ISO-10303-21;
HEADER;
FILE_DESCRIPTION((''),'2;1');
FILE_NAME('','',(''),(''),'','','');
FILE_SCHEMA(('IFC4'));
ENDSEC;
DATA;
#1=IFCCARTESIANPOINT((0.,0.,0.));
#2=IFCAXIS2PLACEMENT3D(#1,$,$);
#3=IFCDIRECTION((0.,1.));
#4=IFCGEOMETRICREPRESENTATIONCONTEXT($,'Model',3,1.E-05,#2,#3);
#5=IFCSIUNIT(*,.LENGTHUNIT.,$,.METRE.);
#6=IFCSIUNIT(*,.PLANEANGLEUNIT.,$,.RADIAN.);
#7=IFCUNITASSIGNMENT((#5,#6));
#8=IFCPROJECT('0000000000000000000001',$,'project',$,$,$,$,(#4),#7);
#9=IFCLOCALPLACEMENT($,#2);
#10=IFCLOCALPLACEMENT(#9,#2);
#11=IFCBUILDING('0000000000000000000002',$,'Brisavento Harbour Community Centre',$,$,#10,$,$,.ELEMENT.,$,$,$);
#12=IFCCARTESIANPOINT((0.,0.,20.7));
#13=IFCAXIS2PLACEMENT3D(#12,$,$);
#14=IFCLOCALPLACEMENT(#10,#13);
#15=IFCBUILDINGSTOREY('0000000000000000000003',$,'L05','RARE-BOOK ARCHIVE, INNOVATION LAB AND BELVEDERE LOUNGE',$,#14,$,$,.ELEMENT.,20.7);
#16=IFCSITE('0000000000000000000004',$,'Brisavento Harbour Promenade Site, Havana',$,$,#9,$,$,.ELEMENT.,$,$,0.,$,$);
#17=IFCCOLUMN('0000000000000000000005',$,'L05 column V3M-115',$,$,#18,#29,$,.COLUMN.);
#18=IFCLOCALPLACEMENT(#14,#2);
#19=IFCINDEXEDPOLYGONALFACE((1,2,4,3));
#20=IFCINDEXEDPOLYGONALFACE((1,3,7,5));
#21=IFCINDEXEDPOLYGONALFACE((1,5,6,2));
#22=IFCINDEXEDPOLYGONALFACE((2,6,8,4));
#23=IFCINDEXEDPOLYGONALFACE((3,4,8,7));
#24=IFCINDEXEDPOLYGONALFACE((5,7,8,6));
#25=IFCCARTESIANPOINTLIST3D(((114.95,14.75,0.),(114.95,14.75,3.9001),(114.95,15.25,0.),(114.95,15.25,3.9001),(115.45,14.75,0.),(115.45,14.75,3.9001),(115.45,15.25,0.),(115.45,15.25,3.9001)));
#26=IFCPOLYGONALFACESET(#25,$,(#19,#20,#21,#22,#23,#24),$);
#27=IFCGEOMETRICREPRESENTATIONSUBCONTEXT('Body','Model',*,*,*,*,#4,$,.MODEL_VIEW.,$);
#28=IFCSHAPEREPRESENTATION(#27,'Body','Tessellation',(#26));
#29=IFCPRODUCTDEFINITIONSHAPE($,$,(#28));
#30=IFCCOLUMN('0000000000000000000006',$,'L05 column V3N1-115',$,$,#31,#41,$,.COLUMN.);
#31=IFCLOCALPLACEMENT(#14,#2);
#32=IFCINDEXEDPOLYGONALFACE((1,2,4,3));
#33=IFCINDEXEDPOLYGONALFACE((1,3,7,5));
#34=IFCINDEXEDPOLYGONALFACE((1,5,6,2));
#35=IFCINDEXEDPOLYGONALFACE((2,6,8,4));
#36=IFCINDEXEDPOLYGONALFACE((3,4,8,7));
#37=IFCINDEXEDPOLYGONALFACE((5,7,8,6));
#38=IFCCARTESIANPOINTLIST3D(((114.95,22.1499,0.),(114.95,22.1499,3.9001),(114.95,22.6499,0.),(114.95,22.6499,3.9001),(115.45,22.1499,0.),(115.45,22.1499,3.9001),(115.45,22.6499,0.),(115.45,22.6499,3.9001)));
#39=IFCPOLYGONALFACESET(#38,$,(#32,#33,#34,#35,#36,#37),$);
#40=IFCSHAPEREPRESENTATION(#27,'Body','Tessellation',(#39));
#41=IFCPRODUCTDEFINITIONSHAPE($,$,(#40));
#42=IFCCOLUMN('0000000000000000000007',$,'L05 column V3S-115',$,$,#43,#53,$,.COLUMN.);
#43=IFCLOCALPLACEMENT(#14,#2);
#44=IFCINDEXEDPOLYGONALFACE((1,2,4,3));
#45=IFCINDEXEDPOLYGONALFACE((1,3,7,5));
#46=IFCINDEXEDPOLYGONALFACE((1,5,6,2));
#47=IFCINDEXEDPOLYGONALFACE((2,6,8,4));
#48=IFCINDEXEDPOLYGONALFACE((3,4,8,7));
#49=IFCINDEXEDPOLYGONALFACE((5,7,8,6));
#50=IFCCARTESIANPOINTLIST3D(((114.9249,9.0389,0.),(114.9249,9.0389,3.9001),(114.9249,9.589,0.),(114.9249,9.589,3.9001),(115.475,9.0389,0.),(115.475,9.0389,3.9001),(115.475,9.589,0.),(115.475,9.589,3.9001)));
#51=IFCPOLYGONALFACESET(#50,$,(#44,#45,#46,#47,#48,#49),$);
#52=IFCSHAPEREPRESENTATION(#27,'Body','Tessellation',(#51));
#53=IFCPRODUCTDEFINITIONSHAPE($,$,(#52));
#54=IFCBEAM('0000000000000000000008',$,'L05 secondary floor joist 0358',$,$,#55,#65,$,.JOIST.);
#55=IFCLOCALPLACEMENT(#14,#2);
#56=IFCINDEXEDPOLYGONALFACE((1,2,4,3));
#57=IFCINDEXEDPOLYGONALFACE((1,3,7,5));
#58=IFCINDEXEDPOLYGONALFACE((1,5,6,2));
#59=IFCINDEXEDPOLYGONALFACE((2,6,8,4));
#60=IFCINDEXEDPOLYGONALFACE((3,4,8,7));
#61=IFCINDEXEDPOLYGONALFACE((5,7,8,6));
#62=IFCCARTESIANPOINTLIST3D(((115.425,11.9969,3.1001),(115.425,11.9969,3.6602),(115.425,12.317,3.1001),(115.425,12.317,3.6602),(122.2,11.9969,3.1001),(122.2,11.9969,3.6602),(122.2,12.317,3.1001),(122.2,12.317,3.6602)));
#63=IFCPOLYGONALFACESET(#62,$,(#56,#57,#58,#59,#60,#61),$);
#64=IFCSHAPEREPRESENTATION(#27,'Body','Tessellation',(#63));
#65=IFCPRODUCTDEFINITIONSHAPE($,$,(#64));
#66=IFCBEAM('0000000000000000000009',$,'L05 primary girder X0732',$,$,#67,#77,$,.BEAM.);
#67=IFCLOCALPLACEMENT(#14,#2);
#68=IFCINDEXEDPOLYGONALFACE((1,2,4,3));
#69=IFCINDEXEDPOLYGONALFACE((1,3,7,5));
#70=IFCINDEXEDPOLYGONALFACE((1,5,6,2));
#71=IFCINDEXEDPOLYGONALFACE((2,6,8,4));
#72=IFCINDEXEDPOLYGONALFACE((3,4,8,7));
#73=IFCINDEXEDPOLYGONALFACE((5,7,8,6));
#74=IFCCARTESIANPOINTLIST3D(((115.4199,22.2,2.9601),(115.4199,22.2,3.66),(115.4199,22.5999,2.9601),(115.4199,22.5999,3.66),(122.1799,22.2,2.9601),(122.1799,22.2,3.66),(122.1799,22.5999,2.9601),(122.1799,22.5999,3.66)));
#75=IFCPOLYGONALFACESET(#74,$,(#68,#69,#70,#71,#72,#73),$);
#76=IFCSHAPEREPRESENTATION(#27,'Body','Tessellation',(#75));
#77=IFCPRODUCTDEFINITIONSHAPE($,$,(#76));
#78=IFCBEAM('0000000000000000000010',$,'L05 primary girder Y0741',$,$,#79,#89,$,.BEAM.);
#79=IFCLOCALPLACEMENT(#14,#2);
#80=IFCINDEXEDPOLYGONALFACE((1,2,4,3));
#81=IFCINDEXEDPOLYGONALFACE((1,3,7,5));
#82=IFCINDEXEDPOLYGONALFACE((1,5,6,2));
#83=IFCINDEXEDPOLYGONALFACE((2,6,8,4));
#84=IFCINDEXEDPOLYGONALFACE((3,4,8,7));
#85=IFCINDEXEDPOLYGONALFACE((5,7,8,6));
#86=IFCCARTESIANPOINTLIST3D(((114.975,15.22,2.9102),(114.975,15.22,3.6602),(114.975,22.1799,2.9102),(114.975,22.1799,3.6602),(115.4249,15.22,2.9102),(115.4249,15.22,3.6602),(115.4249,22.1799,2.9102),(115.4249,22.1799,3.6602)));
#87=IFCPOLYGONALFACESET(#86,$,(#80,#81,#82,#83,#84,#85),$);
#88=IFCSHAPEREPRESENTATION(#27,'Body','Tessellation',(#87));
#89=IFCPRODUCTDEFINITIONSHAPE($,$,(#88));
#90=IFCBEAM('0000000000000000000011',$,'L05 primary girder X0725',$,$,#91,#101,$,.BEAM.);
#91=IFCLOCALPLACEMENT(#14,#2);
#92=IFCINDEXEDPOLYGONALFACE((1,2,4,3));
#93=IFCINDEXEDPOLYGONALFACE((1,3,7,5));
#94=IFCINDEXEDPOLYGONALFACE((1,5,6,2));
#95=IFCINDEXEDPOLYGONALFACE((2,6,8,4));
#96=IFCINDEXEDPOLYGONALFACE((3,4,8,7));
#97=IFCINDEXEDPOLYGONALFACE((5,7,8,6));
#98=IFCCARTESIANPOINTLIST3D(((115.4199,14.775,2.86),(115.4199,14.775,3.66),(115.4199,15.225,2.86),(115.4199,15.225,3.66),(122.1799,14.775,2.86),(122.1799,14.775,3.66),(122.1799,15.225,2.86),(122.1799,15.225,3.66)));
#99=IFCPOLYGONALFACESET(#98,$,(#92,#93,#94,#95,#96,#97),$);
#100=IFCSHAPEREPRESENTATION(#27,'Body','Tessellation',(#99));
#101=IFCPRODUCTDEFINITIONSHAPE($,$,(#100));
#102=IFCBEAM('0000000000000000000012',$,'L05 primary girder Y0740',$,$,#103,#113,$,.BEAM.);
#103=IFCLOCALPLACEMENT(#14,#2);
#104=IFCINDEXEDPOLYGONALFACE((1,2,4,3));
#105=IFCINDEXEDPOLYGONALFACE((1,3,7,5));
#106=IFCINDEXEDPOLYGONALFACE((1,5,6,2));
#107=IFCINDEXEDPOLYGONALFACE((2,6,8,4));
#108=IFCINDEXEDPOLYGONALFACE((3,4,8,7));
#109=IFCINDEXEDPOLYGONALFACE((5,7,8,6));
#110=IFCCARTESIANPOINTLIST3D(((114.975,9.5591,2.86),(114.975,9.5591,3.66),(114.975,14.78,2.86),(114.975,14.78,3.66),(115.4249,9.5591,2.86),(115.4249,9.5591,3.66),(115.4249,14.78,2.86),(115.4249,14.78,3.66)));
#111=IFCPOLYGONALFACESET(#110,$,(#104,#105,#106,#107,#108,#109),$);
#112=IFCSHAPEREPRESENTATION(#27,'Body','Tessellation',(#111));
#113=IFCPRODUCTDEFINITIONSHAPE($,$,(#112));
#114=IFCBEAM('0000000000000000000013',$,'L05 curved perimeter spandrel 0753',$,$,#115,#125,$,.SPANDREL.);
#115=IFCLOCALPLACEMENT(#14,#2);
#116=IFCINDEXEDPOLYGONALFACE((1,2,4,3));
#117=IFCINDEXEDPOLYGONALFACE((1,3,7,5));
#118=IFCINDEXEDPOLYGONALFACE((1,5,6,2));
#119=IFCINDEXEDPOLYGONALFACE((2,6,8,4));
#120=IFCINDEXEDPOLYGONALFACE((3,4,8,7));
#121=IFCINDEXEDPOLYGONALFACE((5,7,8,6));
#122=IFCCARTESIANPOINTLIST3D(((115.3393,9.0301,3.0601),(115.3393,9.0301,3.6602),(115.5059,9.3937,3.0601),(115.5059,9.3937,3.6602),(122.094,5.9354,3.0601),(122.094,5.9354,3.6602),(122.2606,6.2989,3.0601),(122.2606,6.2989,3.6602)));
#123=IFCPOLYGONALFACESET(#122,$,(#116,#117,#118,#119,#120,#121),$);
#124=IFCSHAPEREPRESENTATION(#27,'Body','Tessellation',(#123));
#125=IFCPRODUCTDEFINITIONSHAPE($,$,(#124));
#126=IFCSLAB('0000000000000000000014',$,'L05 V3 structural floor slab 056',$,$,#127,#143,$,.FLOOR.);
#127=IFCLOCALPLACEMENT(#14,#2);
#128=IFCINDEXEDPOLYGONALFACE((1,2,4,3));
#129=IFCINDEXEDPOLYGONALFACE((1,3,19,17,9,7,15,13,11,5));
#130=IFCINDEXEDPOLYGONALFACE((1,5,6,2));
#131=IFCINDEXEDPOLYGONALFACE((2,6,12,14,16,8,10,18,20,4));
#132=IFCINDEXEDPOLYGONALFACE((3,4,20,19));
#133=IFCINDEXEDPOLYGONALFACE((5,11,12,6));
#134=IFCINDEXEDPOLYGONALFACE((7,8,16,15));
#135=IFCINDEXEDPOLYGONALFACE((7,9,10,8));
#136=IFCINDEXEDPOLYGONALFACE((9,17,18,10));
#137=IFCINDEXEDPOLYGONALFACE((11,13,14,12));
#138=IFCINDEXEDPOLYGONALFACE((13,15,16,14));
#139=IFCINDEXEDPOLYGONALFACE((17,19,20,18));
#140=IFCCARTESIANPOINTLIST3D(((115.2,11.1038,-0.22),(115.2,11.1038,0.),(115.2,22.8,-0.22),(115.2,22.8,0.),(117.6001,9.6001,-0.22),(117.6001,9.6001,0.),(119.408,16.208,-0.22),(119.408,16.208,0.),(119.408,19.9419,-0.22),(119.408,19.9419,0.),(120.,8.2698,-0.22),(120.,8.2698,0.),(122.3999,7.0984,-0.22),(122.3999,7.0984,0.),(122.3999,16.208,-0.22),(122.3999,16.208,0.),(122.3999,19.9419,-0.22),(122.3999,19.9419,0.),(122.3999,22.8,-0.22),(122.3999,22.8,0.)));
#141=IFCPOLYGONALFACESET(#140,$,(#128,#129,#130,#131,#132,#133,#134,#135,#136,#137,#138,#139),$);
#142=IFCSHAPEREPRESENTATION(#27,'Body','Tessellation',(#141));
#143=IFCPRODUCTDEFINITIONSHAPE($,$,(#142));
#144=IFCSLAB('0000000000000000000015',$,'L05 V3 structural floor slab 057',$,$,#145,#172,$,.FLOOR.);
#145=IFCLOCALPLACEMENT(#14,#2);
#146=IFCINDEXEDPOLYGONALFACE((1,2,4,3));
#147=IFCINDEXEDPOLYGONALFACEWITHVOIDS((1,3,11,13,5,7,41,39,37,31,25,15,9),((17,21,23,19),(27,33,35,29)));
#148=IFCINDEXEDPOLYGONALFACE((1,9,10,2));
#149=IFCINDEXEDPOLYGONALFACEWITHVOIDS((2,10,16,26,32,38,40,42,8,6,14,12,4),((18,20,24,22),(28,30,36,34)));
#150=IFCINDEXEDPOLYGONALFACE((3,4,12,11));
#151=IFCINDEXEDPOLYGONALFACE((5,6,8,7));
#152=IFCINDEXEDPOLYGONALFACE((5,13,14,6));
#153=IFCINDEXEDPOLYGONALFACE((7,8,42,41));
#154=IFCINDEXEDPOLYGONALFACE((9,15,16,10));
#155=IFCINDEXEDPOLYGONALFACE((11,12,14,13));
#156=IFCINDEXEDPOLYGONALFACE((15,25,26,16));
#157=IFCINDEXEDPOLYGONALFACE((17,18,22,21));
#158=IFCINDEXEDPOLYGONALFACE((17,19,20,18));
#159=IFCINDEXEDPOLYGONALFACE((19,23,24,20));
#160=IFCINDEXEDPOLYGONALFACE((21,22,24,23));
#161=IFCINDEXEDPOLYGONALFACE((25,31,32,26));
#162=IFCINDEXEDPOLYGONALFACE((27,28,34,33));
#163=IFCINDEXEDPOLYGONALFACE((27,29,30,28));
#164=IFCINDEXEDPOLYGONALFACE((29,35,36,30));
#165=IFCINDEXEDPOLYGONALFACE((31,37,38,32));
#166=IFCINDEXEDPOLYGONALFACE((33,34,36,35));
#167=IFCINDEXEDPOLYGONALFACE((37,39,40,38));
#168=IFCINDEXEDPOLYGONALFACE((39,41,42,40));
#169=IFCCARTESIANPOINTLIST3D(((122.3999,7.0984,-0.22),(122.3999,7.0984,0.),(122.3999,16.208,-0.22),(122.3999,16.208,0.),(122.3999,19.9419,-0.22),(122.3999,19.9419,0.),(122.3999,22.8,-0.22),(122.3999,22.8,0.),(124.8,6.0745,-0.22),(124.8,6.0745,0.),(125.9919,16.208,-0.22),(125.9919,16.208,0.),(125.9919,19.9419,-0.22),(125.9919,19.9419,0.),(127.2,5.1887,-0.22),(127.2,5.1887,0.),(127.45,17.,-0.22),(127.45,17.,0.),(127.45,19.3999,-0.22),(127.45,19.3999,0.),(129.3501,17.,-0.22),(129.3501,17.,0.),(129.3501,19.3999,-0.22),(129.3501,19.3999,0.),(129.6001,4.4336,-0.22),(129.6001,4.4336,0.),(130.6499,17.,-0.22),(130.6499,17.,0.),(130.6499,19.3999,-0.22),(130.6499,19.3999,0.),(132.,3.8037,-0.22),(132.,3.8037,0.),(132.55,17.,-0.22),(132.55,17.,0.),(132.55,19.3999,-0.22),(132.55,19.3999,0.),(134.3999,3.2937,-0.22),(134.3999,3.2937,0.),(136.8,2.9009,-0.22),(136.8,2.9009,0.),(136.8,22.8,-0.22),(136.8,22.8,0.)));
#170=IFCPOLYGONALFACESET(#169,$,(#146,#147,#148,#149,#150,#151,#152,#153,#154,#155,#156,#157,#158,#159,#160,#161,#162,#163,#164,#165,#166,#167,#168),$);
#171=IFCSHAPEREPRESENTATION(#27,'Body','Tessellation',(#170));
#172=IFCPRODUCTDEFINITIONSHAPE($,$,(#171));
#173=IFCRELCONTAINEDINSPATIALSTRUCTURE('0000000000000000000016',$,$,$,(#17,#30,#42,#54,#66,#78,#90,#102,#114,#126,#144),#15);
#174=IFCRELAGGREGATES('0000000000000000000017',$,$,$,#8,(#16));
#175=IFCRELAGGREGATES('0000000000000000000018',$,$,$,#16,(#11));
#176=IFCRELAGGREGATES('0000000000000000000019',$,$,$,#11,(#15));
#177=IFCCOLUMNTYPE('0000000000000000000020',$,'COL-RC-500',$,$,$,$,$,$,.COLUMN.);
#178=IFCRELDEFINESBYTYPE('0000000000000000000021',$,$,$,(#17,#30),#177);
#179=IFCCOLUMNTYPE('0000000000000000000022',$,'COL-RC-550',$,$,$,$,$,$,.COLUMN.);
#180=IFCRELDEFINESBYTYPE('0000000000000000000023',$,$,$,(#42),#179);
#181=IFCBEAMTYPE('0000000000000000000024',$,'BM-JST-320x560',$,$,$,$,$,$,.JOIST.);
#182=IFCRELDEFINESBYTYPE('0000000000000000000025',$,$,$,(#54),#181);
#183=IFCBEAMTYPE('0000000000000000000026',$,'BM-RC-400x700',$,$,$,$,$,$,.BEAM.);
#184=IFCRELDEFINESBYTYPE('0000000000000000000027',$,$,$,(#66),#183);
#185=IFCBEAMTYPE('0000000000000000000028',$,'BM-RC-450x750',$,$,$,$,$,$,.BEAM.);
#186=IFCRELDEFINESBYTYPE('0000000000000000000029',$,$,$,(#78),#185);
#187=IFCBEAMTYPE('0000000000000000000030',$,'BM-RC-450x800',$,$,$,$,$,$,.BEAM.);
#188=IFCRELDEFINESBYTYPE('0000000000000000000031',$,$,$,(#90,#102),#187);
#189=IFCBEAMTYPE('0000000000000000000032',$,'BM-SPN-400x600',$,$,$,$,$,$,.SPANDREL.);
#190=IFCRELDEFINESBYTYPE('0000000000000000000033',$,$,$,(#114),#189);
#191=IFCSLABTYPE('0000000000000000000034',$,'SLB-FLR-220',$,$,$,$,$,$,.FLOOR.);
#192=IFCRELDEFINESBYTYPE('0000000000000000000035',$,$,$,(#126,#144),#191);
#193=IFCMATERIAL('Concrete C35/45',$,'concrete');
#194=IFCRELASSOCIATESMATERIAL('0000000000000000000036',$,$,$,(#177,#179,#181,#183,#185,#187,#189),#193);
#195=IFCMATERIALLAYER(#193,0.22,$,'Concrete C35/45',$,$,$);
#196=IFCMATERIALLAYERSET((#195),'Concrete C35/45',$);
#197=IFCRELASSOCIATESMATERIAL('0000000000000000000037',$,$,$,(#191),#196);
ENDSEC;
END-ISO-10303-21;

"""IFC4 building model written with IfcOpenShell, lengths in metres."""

from ifc_helpers import new_model, si_unit, direction, frame, origin, origin_2d, place, context, subcontext, project, spatial, polyline, rectangle, outline, extrude, material, layer, layer_set, material_profile, profile_set, type_object, element, save


model = new_model("IFC4")

# Units and contexts
model_context = context("Model", 3, precision=1e-05, world=origin(), true_north=direction((0.0, 1.0)))
body_context = subcontext(model_context, "Body", "Model", "MODEL_VIEW")
ifc_project = project(units=[si_unit("LENGTHUNIT", "METRE"), si_unit("PLANEANGLEUNIT", "RADIAN")], contexts=[model_context])

# Site, building, storey
site_placement = place(None, origin())
site = spatial("IfcSite", under=ifc_project, at=site_placement, Name="Brisavento Harbour Promenade Site, Havana", CompositionType="ELEMENT", RefElevation=0.0)
building_placement = place(site_placement, origin())
building = spatial("IfcBuilding", under=site, at=building_placement, Name="Brisavento Harbour Community Centre", CompositionType="ELEMENT")
storey_placement = place(building_placement, frame((0.0, 0.0, 20.7)))
storey = spatial("IfcBuildingStorey", under=building, at=storey_placement, Name="L05", Description="RARE-BOOK ARCHIVE, INNOVATION LAB AND BELVEDERE LOUNGE", CompositionType="ELEMENT", Elevation=20.7)

# Columns
ifc_material_1 = material(Name="Concrete C35/45", Category="concrete")
ifc_material_profile_1 = material_profile(ifc_material_1, rectangle(XDim=0.5, YDim=0.5, at=origin_2d()), Name="Concrete C35/45")
ifc_profile_set_1 = profile_set([ifc_material_profile_1], Name="Concrete C35/45")
column_type_1 = type_object("IfcColumnType", Name="COL-RC-500", PredefinedType="COLUMN", material=ifc_profile_set_1)
for number, where, z_axis, x_axis, name in (
    (1, (115.2, 15.0, 0.0), (0.0, 0.0, 1.0), (1.0, 0.0, 0.0), "L05 column V3M-115"),
    (2, (115.2, 22.3999, 0.0), (0.0, 0.0, 1.0), (1.0, 0.0, 0.0), "L05 column V3N1-115"),
):
    element("IfcColumn", number, at=place(storey_placement, frame(where, z_axis=z_axis, x_axis=x_axis)), inside=storey, type_object=column_type_1, Name=name, PredefinedType="COLUMN", context=body_context, shape_type="SweptSolid", body=[
        extrude(rectangle(XDim=0.5, YDim=0.5, at=origin_2d()), origin(), (0.0, 0.0, 1.0), 3.9001),
    ])
ifc_material_profile_2 = material_profile(ifc_material_1, rectangle(XDim=0.55, YDim=0.55, at=origin_2d()), Name="Concrete C35/45")
ifc_profile_set_2 = profile_set([ifc_material_profile_2], Name="Concrete C35/45")
column_type_2 = type_object("IfcColumnType", Name="COL-RC-550", PredefinedType="COLUMN", material=ifc_profile_set_2)
column_placement = place(storey_placement, frame((115.2, 9.314, 0.0), z_axis=(0.0, 0.0, 1.0), x_axis=(1.0, 0.0, 0.0)))
element("IfcColumn", 3, at=column_placement, inside=storey, type_object=column_type_2, Name="L05 column V3S-115", PredefinedType="COLUMN", context=body_context, shape_type="SweptSolid", body=[
    extrude(rectangle(XDim=0.55, YDim=0.55, at=origin_2d()), origin(), (0.0, 0.0, 1.0), 3.9001),
])

# Beams
ifc_material_profile_3 = material_profile(ifc_material_1, rectangle(XDim=0.3201, YDim=0.5601, at=origin_2d()), Name="Concrete C35/45")
ifc_profile_set_3 = profile_set([ifc_material_profile_3], Name="Concrete C35/45")
beam_type_1 = type_object("IfcBeamType", Name="BM-JST-320x560", PredefinedType="JOIST", material=ifc_profile_set_3)
beam_1_placement = place(storey_placement, frame((115.425, 12.157, 3.3801), z_axis=(1.0, 0.0, 0.0), x_axis=(0.0, 1.0, 0.0)))
element("IfcBeam", 4, at=beam_1_placement, inside=storey, type_object=beam_type_1, Name="L05 secondary floor joist 0358", PredefinedType="JOIST", context=body_context, shape_type="SweptSolid", body=[
    extrude(rectangle(XDim=0.3201, YDim=0.5601, at=origin_2d()), origin(), (0.0, 0.0, 1.0), 6.7749),
])
ifc_material_profile_4 = material_profile(ifc_material_1, rectangle(XDim=0.3999, YDim=0.7, at=origin_2d()), Name="Concrete C35/45")
ifc_profile_set_4 = profile_set([ifc_material_profile_4], Name="Concrete C35/45")
beam_type_2 = type_object("IfcBeamType", Name="BM-RC-400x700", PredefinedType="BEAM", material=ifc_profile_set_4)
beam_2_placement = place(storey_placement, frame((115.4199, 22.3999, 3.3101), z_axis=(1.0, 0.0, 0.0), x_axis=(0.0, 1.0, 0.0)))
element("IfcBeam", 5, at=beam_2_placement, inside=storey, type_object=beam_type_2, Name="L05 primary girder X0732", PredefinedType="BEAM", context=body_context, shape_type="SweptSolid", body=[
    extrude(rectangle(XDim=0.3999, YDim=0.7, at=origin_2d()), origin(), (0.0, 0.0, 1.0), 6.76),
])
ifc_material_profile_5 = material_profile(ifc_material_1, rectangle(XDim=0.45, YDim=0.75, at=origin_2d()), Name="Concrete C35/45")
ifc_profile_set_5 = profile_set([ifc_material_profile_5], Name="Concrete C35/45")
beam_type_3 = type_object("IfcBeamType", Name="BM-RC-450x750", PredefinedType="BEAM", material=ifc_profile_set_5)
beam_3_placement = place(storey_placement, frame((115.2, 15.22, 3.2852), z_axis=(0.0, 1.0, 0.0), x_axis=(-1.0, 0.0, 0.0)))
element("IfcBeam", 6, at=beam_3_placement, inside=storey, type_object=beam_type_3, Name="L05 primary girder Y0741", PredefinedType="BEAM", context=body_context, shape_type="SweptSolid", body=[
    extrude(rectangle(XDim=0.45, YDim=0.75, at=origin_2d()), origin(), (0.0, 0.0, 1.0), 6.96),
])
ifc_material_profile_6 = material_profile(ifc_material_1, rectangle(XDim=0.45, YDim=0.8, at=origin_2d()), Name="Concrete C35/45")
ifc_profile_set_6 = profile_set([ifc_material_profile_6], Name="Concrete C35/45")
beam_type_4 = type_object("IfcBeamType", Name="BM-RC-450x800", PredefinedType="BEAM", material=ifc_profile_set_6)
beam_4_placement = place(storey_placement, frame((115.4199, 15.0, 3.26), z_axis=(1.0, 0.0, 0.0), x_axis=(0.0, 1.0, 0.0)))
element("IfcBeam", 7, at=beam_4_placement, inside=storey, type_object=beam_type_4, Name="L05 primary girder X0725", PredefinedType="BEAM", context=body_context, shape_type="SweptSolid", body=[
    extrude(rectangle(XDim=0.45, YDim=0.8, at=origin_2d()), origin(), (0.0, 0.0, 1.0), 6.76),
])
beam_5_placement = place(storey_placement, frame((115.2, 9.5591, 3.26), z_axis=(0.0, 1.0, 0.0), x_axis=(-1.0, 0.0, 0.0)))
element("IfcBeam", 8, at=beam_5_placement, inside=storey, type_object=beam_type_4, Name="L05 primary girder Y0740", PredefinedType="BEAM", context=body_context, shape_type="SweptSolid", body=[
    extrude(rectangle(XDim=0.45, YDim=0.8, at=origin_2d()), origin(), (0.0, 0.0, 1.0), 5.2209),
])
ifc_material_profile_7 = material_profile(ifc_material_1, rectangle(XDim=0.3999, YDim=0.6001, at=origin_2d()), Name="Concrete C35/45")
ifc_profile_set_7 = profile_set([ifc_material_profile_7], Name="Concrete C35/45")
beam_type_5 = type_object("IfcBeamType", Name="BM-SPN-400x600", PredefinedType="SPANDREL", material=ifc_profile_set_7)
beam_6_placement = place(storey_placement, frame((115.4226, 9.2119, 3.3601), z_axis=(0.909123, -0.416527, 0.0), x_axis=(0.416527, 0.909123, 0.0)))
element("IfcBeam", 9, at=beam_6_placement, inside=storey, type_object=beam_type_5, Name="L05 curved perimeter spandrel 0753", PredefinedType="SPANDREL", context=body_context, shape_type="SweptSolid", body=[
    extrude(rectangle(XDim=0.3999, YDim=0.6001, at=origin_2d()), origin(), (0.0, 0.0, 1.0), 7.4299),
])

# Slabs
ifc_layer_1 = layer(ifc_material_1, 0.22, Name="Concrete C35/45")
ifc_layer_set_1 = layer_set([ifc_layer_1], Name="Concrete C35/45")
slab_type_1 = type_object("IfcSlabType", Name="SLB-FLR-220", PredefinedType="FLOOR", material=ifc_layer_set_1)
slab_1_placement = place(storey_placement, frame((0.0, 0.0, -0.22)))
element("IfcSlab", 10, at=slab_1_placement, inside=storey, type_object=slab_type_1, Name="L05 V3 structural floor slab 056", PredefinedType="FLOOR", context=body_context, shape_type="SweptSolid", body=[
    extrude(outline(polyline([(115.2, 22.8), (115.2, 11.1038), (117.6001, 9.6001), (120.0, 8.2698), (122.3999, 7.0984), (122.3999, 16.208), (119.408, 16.208), (119.408, 19.9419), (122.3999, 19.9419), (122.3999, 22.8), (115.2, 22.8)])), origin(), (0.0, 0.0, 1.0), 0.22),
])
slab_2_placement = place(storey_placement, frame((0.0, 0.0, -0.22)))
element("IfcSlab", 11, at=slab_2_placement, inside=storey, type_object=slab_type_1, Name="L05 V3 structural floor slab 057", PredefinedType="FLOOR", context=body_context, shape_type="SweptSolid", body=[
    extrude(outline(polyline([(122.3999, 22.8), (122.3999, 19.9419), (125.9919, 19.9419), (125.9919, 16.208), (122.3999, 16.208), (122.3999, 7.0984), (124.8, 6.0745), (127.2, 5.1887), (129.6001, 4.4336), (132.0, 3.8037), (134.3999, 3.2937), (136.8, 2.9009), (136.8, 22.8), (122.3999, 22.8)]), holes=[polyline([(127.45, 19.3999), (129.3501, 19.3999), (129.3501, 17.0), (127.45, 17.0), (127.45, 19.3999)]), polyline([(130.6499, 19.3999), (132.55, 19.3999), (132.55, 17.0), (130.6499, 17.0), (130.6499, 19.3999)])]), origin(), (0.0, 0.0, 1.0), 0.22),
])

save(model, "model.ifc")
